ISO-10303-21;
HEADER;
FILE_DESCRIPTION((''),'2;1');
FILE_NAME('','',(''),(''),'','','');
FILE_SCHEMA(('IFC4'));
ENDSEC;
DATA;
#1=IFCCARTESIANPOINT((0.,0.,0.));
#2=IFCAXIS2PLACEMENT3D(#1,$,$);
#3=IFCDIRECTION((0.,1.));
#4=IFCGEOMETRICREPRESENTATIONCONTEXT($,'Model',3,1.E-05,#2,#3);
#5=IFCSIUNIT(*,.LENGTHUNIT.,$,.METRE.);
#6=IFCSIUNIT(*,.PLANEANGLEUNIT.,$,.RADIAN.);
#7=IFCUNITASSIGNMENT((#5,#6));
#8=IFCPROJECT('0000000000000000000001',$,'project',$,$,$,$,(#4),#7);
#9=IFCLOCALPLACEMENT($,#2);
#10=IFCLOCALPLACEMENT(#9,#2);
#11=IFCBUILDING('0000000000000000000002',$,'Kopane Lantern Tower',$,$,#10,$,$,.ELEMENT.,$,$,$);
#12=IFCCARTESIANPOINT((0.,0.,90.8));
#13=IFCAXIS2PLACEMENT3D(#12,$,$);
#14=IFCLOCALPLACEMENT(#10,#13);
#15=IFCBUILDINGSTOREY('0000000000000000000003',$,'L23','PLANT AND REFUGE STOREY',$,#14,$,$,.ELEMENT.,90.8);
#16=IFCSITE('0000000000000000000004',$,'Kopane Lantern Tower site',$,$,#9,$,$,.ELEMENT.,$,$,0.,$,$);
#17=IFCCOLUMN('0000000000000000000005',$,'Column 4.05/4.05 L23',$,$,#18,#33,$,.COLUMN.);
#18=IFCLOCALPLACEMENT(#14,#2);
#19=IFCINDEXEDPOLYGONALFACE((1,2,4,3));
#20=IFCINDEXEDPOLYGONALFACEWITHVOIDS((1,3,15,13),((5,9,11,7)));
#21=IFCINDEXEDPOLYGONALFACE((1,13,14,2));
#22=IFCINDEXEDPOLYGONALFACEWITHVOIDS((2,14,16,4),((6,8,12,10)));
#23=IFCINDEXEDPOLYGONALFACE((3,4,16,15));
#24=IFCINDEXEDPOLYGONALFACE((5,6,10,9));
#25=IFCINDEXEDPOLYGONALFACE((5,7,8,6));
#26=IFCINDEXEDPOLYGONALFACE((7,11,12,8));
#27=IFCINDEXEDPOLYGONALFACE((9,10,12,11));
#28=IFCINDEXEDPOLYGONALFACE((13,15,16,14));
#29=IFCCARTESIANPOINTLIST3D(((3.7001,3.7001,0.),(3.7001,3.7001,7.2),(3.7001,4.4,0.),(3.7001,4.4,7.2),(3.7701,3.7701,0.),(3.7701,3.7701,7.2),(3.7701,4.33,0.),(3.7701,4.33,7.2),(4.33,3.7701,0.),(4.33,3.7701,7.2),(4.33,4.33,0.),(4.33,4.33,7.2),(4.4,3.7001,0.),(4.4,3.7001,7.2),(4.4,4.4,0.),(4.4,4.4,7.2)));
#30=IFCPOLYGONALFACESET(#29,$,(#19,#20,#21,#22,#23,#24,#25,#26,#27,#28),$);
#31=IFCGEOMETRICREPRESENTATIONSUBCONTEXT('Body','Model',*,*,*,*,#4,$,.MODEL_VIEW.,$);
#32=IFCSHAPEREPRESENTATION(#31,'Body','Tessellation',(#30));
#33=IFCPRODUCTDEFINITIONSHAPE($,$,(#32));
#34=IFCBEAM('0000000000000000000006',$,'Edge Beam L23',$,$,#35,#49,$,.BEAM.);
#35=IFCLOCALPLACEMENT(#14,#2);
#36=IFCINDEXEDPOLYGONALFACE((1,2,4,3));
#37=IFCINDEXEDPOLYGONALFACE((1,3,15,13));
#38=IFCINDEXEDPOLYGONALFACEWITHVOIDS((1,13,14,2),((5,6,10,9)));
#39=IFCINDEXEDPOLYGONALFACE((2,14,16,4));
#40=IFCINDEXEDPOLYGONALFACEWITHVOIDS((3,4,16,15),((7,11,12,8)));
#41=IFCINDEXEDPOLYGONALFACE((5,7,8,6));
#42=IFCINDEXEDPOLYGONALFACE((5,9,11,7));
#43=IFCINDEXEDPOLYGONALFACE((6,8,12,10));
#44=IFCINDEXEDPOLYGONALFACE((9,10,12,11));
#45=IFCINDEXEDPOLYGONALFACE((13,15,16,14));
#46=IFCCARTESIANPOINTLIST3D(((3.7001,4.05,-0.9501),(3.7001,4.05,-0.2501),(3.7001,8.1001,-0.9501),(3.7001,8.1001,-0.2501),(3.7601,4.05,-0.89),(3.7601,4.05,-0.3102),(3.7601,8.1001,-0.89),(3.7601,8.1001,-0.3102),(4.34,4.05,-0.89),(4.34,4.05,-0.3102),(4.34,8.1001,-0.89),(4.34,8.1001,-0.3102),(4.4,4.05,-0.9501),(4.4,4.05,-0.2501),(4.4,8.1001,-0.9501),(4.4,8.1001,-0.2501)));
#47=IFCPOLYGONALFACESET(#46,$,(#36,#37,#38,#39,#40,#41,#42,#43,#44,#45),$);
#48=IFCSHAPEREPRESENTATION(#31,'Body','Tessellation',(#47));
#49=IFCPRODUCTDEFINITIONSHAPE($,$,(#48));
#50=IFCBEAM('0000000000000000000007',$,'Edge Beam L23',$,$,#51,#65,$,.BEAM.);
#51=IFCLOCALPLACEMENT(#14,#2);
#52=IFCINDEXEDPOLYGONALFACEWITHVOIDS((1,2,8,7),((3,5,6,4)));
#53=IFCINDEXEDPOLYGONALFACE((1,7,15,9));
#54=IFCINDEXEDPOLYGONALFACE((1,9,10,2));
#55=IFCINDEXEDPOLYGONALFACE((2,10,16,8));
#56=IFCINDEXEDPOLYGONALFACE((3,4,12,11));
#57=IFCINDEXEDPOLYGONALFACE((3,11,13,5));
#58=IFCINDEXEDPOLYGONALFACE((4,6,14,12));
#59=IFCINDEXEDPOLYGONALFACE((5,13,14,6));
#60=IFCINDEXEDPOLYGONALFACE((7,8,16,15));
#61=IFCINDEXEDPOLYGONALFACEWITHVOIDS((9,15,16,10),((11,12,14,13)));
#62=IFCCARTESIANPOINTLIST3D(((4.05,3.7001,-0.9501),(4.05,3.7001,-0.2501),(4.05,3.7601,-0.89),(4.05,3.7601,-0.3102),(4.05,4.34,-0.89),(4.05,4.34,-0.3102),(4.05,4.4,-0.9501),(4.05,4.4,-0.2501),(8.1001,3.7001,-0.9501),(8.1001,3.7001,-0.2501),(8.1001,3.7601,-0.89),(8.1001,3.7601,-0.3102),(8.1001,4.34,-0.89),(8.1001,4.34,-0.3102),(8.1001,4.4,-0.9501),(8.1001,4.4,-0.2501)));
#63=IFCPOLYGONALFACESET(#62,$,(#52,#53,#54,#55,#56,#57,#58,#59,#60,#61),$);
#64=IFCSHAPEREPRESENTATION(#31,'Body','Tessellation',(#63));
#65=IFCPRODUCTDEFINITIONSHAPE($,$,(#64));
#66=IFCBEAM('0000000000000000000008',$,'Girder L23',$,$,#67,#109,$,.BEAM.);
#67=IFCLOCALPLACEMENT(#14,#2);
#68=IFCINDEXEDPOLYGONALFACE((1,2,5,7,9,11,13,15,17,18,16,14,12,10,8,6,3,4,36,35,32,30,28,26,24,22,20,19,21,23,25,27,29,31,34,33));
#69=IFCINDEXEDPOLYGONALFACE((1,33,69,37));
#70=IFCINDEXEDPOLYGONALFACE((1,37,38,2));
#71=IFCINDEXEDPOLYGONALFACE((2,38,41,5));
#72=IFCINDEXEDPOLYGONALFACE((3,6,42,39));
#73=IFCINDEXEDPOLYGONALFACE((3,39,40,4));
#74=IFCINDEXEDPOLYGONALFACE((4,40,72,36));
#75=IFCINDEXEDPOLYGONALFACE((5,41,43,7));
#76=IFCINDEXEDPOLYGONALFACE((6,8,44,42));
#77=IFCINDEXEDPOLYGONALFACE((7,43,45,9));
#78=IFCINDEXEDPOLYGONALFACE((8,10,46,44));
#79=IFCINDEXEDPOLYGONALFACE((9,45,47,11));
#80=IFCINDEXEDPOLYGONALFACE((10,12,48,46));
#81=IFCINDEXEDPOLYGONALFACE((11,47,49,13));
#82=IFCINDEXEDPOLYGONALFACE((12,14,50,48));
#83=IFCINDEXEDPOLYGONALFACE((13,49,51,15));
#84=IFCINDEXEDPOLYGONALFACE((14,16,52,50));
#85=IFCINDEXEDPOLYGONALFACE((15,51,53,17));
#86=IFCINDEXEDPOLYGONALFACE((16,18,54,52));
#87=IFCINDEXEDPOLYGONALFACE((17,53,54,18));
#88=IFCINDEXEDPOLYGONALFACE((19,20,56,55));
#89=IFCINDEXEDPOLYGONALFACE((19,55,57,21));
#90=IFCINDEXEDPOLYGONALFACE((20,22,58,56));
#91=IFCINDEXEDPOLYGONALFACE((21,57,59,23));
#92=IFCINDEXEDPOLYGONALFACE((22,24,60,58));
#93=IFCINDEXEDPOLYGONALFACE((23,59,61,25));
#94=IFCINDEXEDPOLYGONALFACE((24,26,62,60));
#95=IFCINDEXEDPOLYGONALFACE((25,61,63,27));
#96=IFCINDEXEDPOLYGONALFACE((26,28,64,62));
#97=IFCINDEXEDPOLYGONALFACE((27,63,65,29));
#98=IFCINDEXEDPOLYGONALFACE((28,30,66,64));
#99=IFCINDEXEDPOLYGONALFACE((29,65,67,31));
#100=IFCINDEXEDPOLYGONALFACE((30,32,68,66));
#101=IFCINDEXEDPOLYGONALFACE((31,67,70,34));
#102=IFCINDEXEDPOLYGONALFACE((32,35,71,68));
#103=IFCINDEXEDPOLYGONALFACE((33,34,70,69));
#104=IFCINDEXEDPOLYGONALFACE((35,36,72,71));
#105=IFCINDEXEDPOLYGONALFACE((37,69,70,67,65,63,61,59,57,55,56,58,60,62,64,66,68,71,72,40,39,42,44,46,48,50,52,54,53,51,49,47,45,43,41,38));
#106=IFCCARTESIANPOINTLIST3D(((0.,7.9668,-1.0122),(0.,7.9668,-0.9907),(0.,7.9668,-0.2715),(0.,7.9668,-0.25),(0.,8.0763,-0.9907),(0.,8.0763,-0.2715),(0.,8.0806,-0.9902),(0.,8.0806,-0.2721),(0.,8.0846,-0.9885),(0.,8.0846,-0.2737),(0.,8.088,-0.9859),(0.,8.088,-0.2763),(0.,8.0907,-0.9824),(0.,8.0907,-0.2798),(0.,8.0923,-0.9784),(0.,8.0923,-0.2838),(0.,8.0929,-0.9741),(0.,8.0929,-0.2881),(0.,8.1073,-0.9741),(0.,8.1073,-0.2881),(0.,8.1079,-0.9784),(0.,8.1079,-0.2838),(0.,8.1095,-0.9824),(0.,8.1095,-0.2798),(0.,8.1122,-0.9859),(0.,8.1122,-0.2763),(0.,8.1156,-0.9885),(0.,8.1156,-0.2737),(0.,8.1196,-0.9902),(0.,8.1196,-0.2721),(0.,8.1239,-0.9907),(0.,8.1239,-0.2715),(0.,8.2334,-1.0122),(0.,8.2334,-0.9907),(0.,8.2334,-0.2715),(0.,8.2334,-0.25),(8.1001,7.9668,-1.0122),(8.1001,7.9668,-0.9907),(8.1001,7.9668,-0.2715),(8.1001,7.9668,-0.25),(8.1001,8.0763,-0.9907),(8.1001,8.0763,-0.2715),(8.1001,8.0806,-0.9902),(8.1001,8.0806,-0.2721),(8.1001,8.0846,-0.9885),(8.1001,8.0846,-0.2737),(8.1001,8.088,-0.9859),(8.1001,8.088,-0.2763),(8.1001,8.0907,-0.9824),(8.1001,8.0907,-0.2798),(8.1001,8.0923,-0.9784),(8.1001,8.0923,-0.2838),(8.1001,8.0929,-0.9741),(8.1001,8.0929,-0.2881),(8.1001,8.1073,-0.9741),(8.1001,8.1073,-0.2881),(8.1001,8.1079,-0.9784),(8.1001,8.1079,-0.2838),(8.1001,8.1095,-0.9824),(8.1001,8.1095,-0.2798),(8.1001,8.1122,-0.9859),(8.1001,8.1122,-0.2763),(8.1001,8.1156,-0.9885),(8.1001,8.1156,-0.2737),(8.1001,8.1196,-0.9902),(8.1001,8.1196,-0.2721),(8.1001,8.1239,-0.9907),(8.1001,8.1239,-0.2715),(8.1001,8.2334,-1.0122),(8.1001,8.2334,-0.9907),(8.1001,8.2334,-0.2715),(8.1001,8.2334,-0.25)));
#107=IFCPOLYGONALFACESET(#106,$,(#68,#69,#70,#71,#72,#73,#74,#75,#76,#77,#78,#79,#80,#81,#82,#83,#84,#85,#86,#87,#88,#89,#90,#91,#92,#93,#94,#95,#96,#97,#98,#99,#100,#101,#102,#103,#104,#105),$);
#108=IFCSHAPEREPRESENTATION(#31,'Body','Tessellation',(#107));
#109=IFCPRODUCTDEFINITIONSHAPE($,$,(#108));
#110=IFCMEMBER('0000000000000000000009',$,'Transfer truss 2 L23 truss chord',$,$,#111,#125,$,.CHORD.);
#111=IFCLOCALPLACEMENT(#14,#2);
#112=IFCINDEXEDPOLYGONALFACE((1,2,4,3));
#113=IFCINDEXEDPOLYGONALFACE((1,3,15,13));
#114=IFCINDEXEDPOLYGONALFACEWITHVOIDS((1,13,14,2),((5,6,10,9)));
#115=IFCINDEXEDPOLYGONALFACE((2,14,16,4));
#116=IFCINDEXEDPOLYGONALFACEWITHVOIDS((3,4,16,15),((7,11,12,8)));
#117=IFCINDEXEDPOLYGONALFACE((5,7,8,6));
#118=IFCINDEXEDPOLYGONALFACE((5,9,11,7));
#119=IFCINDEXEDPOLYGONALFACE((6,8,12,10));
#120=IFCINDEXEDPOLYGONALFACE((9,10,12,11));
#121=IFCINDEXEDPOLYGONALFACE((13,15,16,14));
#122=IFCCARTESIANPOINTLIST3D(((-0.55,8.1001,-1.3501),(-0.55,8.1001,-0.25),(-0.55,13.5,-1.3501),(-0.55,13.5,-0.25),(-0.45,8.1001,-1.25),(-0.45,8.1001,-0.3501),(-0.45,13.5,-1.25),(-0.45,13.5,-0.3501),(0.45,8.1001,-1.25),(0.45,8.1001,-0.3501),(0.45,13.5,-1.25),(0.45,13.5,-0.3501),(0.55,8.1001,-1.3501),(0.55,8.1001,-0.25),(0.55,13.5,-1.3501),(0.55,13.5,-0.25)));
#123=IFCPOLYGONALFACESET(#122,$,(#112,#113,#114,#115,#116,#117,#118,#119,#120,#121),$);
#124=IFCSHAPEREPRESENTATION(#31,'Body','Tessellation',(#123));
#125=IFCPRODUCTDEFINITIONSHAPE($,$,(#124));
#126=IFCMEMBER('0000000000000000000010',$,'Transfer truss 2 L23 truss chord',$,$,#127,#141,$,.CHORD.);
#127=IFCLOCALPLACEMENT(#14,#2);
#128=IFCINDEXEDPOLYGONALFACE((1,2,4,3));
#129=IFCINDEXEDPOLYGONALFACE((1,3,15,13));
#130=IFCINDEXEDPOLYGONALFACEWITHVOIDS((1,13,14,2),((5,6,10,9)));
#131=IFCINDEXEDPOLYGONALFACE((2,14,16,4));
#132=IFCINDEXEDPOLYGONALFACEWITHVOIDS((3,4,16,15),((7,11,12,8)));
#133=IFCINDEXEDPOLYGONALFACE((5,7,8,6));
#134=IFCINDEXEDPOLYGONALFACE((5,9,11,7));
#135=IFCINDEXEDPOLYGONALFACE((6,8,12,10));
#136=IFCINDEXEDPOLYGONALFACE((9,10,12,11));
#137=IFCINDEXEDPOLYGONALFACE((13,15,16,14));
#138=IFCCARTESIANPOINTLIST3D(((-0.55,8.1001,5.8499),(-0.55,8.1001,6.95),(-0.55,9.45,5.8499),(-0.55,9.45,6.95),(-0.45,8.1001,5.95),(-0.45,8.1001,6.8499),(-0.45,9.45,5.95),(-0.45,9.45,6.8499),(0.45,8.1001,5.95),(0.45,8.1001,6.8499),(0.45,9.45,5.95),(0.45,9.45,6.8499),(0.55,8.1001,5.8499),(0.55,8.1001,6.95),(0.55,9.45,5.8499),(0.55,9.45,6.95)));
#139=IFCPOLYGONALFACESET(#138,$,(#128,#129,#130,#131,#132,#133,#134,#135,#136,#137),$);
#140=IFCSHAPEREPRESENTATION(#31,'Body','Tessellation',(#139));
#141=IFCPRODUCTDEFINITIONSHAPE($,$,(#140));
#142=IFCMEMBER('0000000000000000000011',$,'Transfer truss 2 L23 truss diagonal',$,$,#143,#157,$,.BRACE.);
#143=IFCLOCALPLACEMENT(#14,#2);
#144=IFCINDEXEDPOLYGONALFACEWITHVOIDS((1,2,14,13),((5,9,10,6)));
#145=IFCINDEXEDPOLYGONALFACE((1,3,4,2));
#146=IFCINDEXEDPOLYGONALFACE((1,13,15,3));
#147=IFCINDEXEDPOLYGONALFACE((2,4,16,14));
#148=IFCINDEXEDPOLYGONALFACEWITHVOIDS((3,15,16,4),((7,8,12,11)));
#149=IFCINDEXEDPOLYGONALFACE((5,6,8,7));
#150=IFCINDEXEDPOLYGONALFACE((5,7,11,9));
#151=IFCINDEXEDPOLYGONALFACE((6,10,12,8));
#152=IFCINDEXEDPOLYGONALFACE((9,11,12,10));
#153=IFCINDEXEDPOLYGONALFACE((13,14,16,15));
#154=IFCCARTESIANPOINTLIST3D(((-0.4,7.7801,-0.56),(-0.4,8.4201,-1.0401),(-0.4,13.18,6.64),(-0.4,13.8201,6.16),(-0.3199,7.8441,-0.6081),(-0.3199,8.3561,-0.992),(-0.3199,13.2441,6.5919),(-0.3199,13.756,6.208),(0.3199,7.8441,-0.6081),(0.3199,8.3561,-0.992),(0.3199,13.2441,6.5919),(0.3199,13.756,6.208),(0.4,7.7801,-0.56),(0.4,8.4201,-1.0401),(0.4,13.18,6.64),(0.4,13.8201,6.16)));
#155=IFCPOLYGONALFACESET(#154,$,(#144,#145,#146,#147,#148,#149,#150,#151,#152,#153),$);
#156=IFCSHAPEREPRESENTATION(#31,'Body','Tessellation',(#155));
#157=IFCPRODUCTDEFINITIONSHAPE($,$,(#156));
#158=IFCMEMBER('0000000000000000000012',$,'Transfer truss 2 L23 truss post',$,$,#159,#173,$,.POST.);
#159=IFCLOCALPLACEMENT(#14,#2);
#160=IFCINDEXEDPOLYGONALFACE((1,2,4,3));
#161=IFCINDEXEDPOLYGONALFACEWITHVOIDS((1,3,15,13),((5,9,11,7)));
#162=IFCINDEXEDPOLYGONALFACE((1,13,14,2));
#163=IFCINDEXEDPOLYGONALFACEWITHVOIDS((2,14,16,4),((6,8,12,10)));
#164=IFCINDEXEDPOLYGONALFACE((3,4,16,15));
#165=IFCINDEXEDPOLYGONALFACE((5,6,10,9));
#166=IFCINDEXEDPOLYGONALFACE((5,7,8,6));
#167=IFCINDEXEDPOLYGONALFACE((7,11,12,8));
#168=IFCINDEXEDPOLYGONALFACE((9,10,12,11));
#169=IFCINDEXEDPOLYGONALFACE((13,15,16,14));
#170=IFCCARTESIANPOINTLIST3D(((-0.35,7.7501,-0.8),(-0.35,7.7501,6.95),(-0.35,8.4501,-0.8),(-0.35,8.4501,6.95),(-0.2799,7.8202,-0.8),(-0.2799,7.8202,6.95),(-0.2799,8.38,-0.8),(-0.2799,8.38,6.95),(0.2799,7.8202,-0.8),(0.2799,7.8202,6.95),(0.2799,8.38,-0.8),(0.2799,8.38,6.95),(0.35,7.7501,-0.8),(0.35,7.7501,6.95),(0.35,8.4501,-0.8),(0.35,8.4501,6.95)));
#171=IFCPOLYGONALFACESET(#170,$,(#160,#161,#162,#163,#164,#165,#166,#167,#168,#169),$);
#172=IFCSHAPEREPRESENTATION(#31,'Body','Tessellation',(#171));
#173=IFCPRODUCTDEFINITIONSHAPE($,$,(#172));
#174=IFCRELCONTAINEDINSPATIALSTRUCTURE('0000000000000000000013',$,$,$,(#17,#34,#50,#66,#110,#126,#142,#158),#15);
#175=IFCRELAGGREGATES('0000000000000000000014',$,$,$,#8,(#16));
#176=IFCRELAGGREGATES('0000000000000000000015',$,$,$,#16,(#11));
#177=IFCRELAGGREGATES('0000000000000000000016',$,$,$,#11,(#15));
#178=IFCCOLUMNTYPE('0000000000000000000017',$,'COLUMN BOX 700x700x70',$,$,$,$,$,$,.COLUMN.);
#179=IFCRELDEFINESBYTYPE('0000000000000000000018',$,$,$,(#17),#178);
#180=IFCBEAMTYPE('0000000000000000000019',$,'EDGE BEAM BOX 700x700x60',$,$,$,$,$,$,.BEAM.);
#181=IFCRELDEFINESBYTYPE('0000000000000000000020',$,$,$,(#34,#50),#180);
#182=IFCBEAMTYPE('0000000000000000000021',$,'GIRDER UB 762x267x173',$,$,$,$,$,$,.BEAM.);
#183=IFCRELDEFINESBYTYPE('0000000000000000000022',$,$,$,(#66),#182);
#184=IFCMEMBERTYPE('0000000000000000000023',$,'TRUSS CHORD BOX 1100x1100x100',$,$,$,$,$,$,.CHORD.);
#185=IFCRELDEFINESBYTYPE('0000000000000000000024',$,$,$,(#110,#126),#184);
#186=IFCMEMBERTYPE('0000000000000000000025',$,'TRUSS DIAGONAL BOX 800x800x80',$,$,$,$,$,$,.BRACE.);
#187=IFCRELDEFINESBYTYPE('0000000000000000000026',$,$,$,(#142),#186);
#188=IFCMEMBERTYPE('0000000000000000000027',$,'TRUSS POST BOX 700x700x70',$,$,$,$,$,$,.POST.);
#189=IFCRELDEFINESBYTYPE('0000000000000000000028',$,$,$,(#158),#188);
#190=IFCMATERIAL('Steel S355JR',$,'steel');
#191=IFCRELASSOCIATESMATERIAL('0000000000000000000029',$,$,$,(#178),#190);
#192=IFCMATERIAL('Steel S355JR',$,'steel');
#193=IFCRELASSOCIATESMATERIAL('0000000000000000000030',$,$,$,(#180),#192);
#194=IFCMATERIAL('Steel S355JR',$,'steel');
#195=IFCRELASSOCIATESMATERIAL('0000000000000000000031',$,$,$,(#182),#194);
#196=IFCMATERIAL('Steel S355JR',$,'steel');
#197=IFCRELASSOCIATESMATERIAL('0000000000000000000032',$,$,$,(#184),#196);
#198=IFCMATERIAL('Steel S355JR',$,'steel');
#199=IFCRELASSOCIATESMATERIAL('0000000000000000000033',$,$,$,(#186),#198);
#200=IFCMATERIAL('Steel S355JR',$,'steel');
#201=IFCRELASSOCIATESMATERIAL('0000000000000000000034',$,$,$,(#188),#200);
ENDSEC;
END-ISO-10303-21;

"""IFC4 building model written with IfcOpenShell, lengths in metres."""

from ifc_helpers import new_model, si_unit, direction, frame, origin, origin_2d, place, context, subcontext, project, spatial, hollow_rectangle, i_section, extrude, material, material_profile, profile_set, type_object, element, save


model = new_model("IFC4")

# Units and contexts
model_context = context("Model", 3, precision=1e-05, world=origin(), true_north=direction((0.0, 1.0)))
body_context = subcontext(model_context, "Body", "Model", "MODEL_VIEW")
ifc_project = project(units=[si_unit("LENGTHUNIT", "METRE"), si_unit("PLANEANGLEUNIT", "RADIAN")], contexts=[model_context])

# Site, building, storey
site_placement = place(None, origin())
site = spatial("IfcSite", under=ifc_project, at=site_placement, Name="Kopane Lantern Tower site", CompositionType="ELEMENT", RefElevation=0.0)
building_placement = place(site_placement, origin())
building = spatial("IfcBuilding", under=site, at=building_placement, Name="Kopane Lantern Tower", CompositionType="ELEMENT")
storey_placement = place(building_placement, frame((0.0, 0.0, 90.8)))
storey = spatial("IfcBuildingStorey", under=building, at=storey_placement, Name="L23", Description="PLANT AND REFUGE STOREY", CompositionType="ELEMENT", Elevation=90.8)

# Column
ifc_material_1 = material(Name="Steel S355JR", Category="steel")
ifc_material_profile_1 = material_profile(ifc_material_1, hollow_rectangle(XDim=0.7, YDim=0.7, WallThickness=0.0701, at=origin_2d()), Name="BOX 700x700x70")
ifc_profile_set_1 = profile_set([ifc_material_profile_1], Name="Steel S355JR")
column_type = type_object("IfcColumnType", Name="COLUMN BOX 700x700x70", PredefinedType="COLUMN", material=ifc_profile_set_1)
column_placement = place(storey_placement, frame((4.05, 4.05, 0.0), z_axis=(0.0, 0.0, 1.0), x_axis=(1.0, 0.0, 0.0)))
element("IfcColumn", 1, at=column_placement, inside=storey, type_object=column_type, Name="Column 4.05/4.05 L23", PredefinedType="COLUMN", context=body_context, shape_type="SweptSolid", body=[
    extrude(hollow_rectangle(XDim=0.7, YDim=0.7, WallThickness=0.0701, at=origin_2d()), origin(), (0.0, 0.0, 1.0), 7.2),
])

# Beams
ifc_material_2 = material(Name="Steel S355JR", Category="steel")
ifc_material_profile_2 = material_profile(ifc_material_2, hollow_rectangle(XDim=0.7, YDim=0.7, WallThickness=0.0601, at=origin_2d()), Name="BOX 700x700x60")
ifc_profile_set_2 = profile_set([ifc_material_profile_2], Name="Steel S355JR")
beam_type_1 = type_object("IfcBeamType", Name="EDGE BEAM BOX 700x700x60", PredefinedType="BEAM", material=ifc_profile_set_2)
for number, where, z_axis, x_axis, name in (
    (2, (4.05, 4.05, -0.6001), (0.0, 1.0, 0.0), (-1.0, 0.0, 0.0), "Edge Beam L23"),
    (3, (4.05, 4.05, -0.6001), (1.0, 0.0, 0.0), (0.0, 1.0, 0.0), "Edge Beam L23"),
):
    element("IfcBeam", number, at=place(storey_placement, frame(where, z_axis=z_axis, x_axis=x_axis)), inside=storey, type_object=beam_type_1, Name=name, PredefinedType="BEAM", context=body_context, shape_type="SweptSolid", body=[
        extrude(hollow_rectangle(XDim=0.7, YDim=0.7, WallThickness=0.0601, at=origin_2d()), origin(), (0.0, 0.0, 1.0), 4.05),
    ])
ifc_material_3 = material(Name="Steel S355JR", Category="steel")
ifc_material_profile_3 = material_profile(ifc_material_3, i_section(OverallWidth=0.2666, OverallDepth=0.7622, WebThickness=0.0144, FlangeThickness=0.0215, FilletRadius=0.0166, at=origin_2d()), Name="UB 762x267x173")
ifc_profile_set_3 = profile_set([ifc_material_profile_3], Name="Steel S355JR")
beam_type_2 = type_object("IfcBeamType", Name="GIRDER UB 762x267x173", PredefinedType="BEAM", material=ifc_profile_set_3)
beam_placement = place(storey_placement, frame((0.0, 8.1001, -0.6311), z_axis=(1.0, 0.0, 0.0), x_axis=(0.0, 1.0, 0.0)))
element("IfcBeam", 4, at=beam_placement, inside=storey, type_object=beam_type_2, Name="Girder L23", PredefinedType="BEAM", context=body_context, shape_type="SweptSolid", body=[
    extrude(i_section(OverallWidth=0.2666, OverallDepth=0.7622, WebThickness=0.0144, FlangeThickness=0.0215, FilletRadius=0.0166, at=origin_2d()), origin(), (0.0, 0.0, 1.0), 8.1001),
])

# Members
ifc_material_4 = material(Name="Steel S355JR", Category="steel")
ifc_material_profile_4 = material_profile(ifc_material_4, hollow_rectangle(XDim=1.1001, YDim=1.1001, WallThickness=0.1001, at=origin_2d()), Name="BOX 1100x1100x100")
ifc_profile_set_4 = profile_set([ifc_material_profile_4], Name="Steel S355JR")
member_type_1 = type_object("IfcMemberType", Name="TRUSS CHORD BOX 1100x1100x100", PredefinedType="CHORD", material=ifc_profile_set_4)
member_1_placement = place(storey_placement, frame((0.0, 8.1001, -0.8), z_axis=(0.0, 1.0, 0.0), x_axis=(-1.0, 0.0, 0.0)))
element("IfcMember", 5, at=member_1_placement, inside=storey, type_object=member_type_1, Name="Transfer truss 2 L23 truss chord", PredefinedType="CHORD", context=body_context, shape_type="SweptSolid", body=[
    extrude(hollow_rectangle(XDim=1.1001, YDim=1.1001, WallThickness=0.1001, at=origin_2d()), origin(), (0.0, 0.0, 1.0), 5.3999),
])
member_2_placement = place(storey_placement, frame((0.0, 8.1001, 6.3999), z_axis=(0.0, 1.0, 0.0), x_axis=(-1.0, 0.0, 0.0)))
element("IfcMember", 6, at=member_2_placement, inside=storey, type_object=member_type_1, Name="Transfer truss 2 L23 truss chord", PredefinedType="CHORD", context=body_context, shape_type="SweptSolid", body=[
    extrude(hollow_rectangle(XDim=1.1001, YDim=1.1001, WallThickness=0.1001, at=origin_2d()), origin(), (0.0, 0.0, 1.0), 1.3499),
])
ifc_material_5 = material(Name="Steel S355JR", Category="steel")
ifc_material_profile_5 = material_profile(ifc_material_5, hollow_rectangle(XDim=0.8, YDim=0.8, WallThickness=0.0801, at=origin_2d()), Name="BOX 800x800x80")
ifc_profile_set_5 = profile_set([ifc_material_profile_5], Name="Steel S355JR")
member_type_2 = type_object("IfcMemberType", Name="TRUSS DIAGONAL BOX 800x800x80", PredefinedType="BRACE", material=ifc_profile_set_5)
member_3_placement = place(storey_placement, frame((0.0, 8.1001, -0.8), z_axis=(0.0, 0.599996, 0.800003), x_axis=(-1.0, 0.0, 0.0)))
element("IfcMember", 7, at=member_3_placement, inside=storey, type_object=member_type_2, Name="Transfer truss 2 L23 truss diagonal", PredefinedType="BRACE", context=body_context, shape_type="SweptSolid", body=[
    extrude(hollow_rectangle(XDim=0.8, YDim=0.8, WallThickness=0.0801, at=origin_2d()), origin(), (0.0, 0.0, 1.0), 9.0),
])
ifc_material_6 = material(Name="Steel S355JR", Category="steel")
ifc_material_profile_6 = material_profile(ifc_material_6, hollow_rectangle(XDim=0.7, YDim=0.7, WallThickness=0.0701, at=origin_2d()), Name="BOX 700x700x70")
ifc_profile_set_6 = profile_set([ifc_material_profile_6], Name="Steel S355JR")
member_type_3 = type_object("IfcMemberType", Name="TRUSS POST BOX 700x700x70", PredefinedType="POST", material=ifc_profile_set_6)
member_4_placement = place(storey_placement, frame((0.0, 8.1001, -0.8), z_axis=(0.0, 0.0, 1.0), x_axis=(1.0, 0.0, 0.0)))
element("IfcMember", 8, at=member_4_placement, inside=storey, type_object=member_type_3, Name="Transfer truss 2 L23 truss post", PredefinedType="POST", context=body_context, shape_type="SweptSolid", body=[
    extrude(hollow_rectangle(XDim=0.7, YDim=0.7, WallThickness=0.0701, at=origin_2d()), origin(), (0.0, 0.0, 1.0), 7.75),
])

save(model, "model.ifc")
